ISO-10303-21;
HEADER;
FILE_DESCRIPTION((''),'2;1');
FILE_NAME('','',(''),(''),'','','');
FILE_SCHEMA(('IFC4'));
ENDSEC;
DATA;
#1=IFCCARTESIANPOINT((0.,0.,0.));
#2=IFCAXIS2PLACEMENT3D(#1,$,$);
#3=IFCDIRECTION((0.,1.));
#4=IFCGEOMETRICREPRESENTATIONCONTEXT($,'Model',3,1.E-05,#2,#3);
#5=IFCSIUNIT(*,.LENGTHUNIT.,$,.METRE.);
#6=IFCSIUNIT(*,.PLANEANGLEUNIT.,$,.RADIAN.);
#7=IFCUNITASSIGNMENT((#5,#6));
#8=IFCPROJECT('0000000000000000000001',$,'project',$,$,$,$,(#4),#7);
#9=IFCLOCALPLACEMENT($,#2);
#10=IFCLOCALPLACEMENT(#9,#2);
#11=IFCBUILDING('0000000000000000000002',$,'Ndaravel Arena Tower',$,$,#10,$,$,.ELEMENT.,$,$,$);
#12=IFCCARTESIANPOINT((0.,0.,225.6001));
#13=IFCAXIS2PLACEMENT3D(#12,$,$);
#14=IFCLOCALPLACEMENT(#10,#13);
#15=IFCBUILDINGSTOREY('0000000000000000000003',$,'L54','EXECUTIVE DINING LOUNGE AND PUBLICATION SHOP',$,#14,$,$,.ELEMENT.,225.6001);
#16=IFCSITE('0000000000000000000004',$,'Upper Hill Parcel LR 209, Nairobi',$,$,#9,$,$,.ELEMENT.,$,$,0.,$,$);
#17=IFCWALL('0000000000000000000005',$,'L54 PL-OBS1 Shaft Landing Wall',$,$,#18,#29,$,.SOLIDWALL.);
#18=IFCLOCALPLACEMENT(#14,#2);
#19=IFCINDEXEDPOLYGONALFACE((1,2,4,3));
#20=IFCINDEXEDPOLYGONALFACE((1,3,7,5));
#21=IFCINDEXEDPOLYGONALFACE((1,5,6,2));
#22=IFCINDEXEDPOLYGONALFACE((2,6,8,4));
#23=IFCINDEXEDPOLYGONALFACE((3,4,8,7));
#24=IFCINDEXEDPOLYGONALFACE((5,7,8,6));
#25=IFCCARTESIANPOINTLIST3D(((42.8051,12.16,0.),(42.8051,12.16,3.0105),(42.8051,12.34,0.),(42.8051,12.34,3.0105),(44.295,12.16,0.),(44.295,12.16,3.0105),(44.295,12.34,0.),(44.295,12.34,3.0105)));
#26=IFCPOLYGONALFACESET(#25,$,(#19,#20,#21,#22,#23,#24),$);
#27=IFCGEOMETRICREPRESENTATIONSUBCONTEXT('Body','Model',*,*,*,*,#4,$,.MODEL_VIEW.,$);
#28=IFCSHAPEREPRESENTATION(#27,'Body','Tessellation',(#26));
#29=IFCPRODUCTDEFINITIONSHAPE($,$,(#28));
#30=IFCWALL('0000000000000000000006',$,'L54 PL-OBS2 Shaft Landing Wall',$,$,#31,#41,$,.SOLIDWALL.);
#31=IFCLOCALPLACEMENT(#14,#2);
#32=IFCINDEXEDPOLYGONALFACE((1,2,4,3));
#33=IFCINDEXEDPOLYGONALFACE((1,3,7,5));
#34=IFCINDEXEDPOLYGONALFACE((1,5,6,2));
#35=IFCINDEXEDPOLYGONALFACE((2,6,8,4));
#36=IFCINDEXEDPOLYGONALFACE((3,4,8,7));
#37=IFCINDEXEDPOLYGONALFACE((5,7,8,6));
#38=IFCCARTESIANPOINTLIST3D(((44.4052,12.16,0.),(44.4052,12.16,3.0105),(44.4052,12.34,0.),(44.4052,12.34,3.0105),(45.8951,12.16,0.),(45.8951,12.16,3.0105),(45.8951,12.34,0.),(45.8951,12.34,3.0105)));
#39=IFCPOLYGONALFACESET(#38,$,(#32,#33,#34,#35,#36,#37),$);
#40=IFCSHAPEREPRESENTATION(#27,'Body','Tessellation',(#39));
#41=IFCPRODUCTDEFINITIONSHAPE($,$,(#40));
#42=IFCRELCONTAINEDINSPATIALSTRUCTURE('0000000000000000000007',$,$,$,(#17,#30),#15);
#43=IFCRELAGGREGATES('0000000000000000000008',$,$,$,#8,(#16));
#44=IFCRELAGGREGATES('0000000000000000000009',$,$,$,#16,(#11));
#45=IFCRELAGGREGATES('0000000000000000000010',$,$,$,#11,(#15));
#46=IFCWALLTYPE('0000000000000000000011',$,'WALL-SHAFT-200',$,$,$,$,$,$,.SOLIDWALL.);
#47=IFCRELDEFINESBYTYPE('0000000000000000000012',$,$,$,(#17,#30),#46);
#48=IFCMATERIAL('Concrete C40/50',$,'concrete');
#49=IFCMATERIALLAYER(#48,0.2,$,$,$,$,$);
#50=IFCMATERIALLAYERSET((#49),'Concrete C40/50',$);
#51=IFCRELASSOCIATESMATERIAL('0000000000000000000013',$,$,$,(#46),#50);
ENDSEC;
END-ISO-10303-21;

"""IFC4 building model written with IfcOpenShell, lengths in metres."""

from ifc_helpers import new_model, si_unit, direction, frame, frame_2d, origin, place, context, subcontext, project, spatial, rectangle, extrude, material, layer, layer_set, type_object, element, save


model = new_model("IFC4")

# Units and contexts
model_context = context("Model", 3, precision=1e-05, world=origin(), true_north=direction((0.0, 1.0)))
body_context = subcontext(model_context, "Body", "Model", "MODEL_VIEW")
ifc_project = project(units=[si_unit("LENGTHUNIT", "METRE"), si_unit("PLANEANGLEUNIT", "RADIAN")], contexts=[model_context])

# Site, building, storey
site_placement = place(None, origin())
site = spatial("IfcSite", under=ifc_project, at=site_placement, Name="Upper Hill Parcel LR 209, Nairobi", CompositionType="ELEMENT", RefElevation=0.0)
building_placement = place(site_placement, origin())
building = spatial("IfcBuilding", under=site, at=building_placement, Name="Ndaravel Arena Tower", CompositionType="ELEMENT")
storey_placement = place(building_placement, frame((0.0, 0.0, 225.6001)))
storey = spatial("IfcBuildingStorey", under=building, at=storey_placement, Name="L54", Description="EXECUTIVE DINING LOUNGE AND PUBLICATION SHOP", CompositionType="ELEMENT", Elevation=225.6001)

# Shared definitions
ifc_material_1 = material(Name="Concrete C40/50", Category="concrete")
ifc_layer_1 = layer(ifc_material_1, 0.2)
ifc_layer_set_1 = layer_set([ifc_layer_1], Name="Concrete C40/50")
wall_type_1 = type_object("IfcWallType", Name="WALL-SHAFT-200", PredefinedType="SOLIDWALL", material=ifc_layer_set_1)

# Walls
for number, where, z_axis, x_axis, name in (
    (1, (42.8049, 12.25, 0.0), (0.0, 0.0, 1.0), (1.0, 0.0, 0.0), "L54 PL-OBS1 Shaft Landing Wall"),
    (2, (44.405, 12.25, 0.0), (0.0, 0.0, 1.0), (1.0, 0.0, 0.0), "L54 PL-OBS2 Shaft Landing Wall"),
):
    element("IfcWall", number, at=place(storey_placement, frame(where, z_axis=z_axis, x_axis=x_axis)), inside=storey, type_object=wall_type_1, Name=name, PredefinedType="SOLIDWALL", context=body_context, shape_type="SweptSolid", body=[
        extrude(rectangle(XDim=1.49, YDim=0.1799, at=frame_2d((0.7451, 0.0))), origin(), (0.0, 0.0, 1.0), 3.0105),
    ])

save(model, "model.ifc")
